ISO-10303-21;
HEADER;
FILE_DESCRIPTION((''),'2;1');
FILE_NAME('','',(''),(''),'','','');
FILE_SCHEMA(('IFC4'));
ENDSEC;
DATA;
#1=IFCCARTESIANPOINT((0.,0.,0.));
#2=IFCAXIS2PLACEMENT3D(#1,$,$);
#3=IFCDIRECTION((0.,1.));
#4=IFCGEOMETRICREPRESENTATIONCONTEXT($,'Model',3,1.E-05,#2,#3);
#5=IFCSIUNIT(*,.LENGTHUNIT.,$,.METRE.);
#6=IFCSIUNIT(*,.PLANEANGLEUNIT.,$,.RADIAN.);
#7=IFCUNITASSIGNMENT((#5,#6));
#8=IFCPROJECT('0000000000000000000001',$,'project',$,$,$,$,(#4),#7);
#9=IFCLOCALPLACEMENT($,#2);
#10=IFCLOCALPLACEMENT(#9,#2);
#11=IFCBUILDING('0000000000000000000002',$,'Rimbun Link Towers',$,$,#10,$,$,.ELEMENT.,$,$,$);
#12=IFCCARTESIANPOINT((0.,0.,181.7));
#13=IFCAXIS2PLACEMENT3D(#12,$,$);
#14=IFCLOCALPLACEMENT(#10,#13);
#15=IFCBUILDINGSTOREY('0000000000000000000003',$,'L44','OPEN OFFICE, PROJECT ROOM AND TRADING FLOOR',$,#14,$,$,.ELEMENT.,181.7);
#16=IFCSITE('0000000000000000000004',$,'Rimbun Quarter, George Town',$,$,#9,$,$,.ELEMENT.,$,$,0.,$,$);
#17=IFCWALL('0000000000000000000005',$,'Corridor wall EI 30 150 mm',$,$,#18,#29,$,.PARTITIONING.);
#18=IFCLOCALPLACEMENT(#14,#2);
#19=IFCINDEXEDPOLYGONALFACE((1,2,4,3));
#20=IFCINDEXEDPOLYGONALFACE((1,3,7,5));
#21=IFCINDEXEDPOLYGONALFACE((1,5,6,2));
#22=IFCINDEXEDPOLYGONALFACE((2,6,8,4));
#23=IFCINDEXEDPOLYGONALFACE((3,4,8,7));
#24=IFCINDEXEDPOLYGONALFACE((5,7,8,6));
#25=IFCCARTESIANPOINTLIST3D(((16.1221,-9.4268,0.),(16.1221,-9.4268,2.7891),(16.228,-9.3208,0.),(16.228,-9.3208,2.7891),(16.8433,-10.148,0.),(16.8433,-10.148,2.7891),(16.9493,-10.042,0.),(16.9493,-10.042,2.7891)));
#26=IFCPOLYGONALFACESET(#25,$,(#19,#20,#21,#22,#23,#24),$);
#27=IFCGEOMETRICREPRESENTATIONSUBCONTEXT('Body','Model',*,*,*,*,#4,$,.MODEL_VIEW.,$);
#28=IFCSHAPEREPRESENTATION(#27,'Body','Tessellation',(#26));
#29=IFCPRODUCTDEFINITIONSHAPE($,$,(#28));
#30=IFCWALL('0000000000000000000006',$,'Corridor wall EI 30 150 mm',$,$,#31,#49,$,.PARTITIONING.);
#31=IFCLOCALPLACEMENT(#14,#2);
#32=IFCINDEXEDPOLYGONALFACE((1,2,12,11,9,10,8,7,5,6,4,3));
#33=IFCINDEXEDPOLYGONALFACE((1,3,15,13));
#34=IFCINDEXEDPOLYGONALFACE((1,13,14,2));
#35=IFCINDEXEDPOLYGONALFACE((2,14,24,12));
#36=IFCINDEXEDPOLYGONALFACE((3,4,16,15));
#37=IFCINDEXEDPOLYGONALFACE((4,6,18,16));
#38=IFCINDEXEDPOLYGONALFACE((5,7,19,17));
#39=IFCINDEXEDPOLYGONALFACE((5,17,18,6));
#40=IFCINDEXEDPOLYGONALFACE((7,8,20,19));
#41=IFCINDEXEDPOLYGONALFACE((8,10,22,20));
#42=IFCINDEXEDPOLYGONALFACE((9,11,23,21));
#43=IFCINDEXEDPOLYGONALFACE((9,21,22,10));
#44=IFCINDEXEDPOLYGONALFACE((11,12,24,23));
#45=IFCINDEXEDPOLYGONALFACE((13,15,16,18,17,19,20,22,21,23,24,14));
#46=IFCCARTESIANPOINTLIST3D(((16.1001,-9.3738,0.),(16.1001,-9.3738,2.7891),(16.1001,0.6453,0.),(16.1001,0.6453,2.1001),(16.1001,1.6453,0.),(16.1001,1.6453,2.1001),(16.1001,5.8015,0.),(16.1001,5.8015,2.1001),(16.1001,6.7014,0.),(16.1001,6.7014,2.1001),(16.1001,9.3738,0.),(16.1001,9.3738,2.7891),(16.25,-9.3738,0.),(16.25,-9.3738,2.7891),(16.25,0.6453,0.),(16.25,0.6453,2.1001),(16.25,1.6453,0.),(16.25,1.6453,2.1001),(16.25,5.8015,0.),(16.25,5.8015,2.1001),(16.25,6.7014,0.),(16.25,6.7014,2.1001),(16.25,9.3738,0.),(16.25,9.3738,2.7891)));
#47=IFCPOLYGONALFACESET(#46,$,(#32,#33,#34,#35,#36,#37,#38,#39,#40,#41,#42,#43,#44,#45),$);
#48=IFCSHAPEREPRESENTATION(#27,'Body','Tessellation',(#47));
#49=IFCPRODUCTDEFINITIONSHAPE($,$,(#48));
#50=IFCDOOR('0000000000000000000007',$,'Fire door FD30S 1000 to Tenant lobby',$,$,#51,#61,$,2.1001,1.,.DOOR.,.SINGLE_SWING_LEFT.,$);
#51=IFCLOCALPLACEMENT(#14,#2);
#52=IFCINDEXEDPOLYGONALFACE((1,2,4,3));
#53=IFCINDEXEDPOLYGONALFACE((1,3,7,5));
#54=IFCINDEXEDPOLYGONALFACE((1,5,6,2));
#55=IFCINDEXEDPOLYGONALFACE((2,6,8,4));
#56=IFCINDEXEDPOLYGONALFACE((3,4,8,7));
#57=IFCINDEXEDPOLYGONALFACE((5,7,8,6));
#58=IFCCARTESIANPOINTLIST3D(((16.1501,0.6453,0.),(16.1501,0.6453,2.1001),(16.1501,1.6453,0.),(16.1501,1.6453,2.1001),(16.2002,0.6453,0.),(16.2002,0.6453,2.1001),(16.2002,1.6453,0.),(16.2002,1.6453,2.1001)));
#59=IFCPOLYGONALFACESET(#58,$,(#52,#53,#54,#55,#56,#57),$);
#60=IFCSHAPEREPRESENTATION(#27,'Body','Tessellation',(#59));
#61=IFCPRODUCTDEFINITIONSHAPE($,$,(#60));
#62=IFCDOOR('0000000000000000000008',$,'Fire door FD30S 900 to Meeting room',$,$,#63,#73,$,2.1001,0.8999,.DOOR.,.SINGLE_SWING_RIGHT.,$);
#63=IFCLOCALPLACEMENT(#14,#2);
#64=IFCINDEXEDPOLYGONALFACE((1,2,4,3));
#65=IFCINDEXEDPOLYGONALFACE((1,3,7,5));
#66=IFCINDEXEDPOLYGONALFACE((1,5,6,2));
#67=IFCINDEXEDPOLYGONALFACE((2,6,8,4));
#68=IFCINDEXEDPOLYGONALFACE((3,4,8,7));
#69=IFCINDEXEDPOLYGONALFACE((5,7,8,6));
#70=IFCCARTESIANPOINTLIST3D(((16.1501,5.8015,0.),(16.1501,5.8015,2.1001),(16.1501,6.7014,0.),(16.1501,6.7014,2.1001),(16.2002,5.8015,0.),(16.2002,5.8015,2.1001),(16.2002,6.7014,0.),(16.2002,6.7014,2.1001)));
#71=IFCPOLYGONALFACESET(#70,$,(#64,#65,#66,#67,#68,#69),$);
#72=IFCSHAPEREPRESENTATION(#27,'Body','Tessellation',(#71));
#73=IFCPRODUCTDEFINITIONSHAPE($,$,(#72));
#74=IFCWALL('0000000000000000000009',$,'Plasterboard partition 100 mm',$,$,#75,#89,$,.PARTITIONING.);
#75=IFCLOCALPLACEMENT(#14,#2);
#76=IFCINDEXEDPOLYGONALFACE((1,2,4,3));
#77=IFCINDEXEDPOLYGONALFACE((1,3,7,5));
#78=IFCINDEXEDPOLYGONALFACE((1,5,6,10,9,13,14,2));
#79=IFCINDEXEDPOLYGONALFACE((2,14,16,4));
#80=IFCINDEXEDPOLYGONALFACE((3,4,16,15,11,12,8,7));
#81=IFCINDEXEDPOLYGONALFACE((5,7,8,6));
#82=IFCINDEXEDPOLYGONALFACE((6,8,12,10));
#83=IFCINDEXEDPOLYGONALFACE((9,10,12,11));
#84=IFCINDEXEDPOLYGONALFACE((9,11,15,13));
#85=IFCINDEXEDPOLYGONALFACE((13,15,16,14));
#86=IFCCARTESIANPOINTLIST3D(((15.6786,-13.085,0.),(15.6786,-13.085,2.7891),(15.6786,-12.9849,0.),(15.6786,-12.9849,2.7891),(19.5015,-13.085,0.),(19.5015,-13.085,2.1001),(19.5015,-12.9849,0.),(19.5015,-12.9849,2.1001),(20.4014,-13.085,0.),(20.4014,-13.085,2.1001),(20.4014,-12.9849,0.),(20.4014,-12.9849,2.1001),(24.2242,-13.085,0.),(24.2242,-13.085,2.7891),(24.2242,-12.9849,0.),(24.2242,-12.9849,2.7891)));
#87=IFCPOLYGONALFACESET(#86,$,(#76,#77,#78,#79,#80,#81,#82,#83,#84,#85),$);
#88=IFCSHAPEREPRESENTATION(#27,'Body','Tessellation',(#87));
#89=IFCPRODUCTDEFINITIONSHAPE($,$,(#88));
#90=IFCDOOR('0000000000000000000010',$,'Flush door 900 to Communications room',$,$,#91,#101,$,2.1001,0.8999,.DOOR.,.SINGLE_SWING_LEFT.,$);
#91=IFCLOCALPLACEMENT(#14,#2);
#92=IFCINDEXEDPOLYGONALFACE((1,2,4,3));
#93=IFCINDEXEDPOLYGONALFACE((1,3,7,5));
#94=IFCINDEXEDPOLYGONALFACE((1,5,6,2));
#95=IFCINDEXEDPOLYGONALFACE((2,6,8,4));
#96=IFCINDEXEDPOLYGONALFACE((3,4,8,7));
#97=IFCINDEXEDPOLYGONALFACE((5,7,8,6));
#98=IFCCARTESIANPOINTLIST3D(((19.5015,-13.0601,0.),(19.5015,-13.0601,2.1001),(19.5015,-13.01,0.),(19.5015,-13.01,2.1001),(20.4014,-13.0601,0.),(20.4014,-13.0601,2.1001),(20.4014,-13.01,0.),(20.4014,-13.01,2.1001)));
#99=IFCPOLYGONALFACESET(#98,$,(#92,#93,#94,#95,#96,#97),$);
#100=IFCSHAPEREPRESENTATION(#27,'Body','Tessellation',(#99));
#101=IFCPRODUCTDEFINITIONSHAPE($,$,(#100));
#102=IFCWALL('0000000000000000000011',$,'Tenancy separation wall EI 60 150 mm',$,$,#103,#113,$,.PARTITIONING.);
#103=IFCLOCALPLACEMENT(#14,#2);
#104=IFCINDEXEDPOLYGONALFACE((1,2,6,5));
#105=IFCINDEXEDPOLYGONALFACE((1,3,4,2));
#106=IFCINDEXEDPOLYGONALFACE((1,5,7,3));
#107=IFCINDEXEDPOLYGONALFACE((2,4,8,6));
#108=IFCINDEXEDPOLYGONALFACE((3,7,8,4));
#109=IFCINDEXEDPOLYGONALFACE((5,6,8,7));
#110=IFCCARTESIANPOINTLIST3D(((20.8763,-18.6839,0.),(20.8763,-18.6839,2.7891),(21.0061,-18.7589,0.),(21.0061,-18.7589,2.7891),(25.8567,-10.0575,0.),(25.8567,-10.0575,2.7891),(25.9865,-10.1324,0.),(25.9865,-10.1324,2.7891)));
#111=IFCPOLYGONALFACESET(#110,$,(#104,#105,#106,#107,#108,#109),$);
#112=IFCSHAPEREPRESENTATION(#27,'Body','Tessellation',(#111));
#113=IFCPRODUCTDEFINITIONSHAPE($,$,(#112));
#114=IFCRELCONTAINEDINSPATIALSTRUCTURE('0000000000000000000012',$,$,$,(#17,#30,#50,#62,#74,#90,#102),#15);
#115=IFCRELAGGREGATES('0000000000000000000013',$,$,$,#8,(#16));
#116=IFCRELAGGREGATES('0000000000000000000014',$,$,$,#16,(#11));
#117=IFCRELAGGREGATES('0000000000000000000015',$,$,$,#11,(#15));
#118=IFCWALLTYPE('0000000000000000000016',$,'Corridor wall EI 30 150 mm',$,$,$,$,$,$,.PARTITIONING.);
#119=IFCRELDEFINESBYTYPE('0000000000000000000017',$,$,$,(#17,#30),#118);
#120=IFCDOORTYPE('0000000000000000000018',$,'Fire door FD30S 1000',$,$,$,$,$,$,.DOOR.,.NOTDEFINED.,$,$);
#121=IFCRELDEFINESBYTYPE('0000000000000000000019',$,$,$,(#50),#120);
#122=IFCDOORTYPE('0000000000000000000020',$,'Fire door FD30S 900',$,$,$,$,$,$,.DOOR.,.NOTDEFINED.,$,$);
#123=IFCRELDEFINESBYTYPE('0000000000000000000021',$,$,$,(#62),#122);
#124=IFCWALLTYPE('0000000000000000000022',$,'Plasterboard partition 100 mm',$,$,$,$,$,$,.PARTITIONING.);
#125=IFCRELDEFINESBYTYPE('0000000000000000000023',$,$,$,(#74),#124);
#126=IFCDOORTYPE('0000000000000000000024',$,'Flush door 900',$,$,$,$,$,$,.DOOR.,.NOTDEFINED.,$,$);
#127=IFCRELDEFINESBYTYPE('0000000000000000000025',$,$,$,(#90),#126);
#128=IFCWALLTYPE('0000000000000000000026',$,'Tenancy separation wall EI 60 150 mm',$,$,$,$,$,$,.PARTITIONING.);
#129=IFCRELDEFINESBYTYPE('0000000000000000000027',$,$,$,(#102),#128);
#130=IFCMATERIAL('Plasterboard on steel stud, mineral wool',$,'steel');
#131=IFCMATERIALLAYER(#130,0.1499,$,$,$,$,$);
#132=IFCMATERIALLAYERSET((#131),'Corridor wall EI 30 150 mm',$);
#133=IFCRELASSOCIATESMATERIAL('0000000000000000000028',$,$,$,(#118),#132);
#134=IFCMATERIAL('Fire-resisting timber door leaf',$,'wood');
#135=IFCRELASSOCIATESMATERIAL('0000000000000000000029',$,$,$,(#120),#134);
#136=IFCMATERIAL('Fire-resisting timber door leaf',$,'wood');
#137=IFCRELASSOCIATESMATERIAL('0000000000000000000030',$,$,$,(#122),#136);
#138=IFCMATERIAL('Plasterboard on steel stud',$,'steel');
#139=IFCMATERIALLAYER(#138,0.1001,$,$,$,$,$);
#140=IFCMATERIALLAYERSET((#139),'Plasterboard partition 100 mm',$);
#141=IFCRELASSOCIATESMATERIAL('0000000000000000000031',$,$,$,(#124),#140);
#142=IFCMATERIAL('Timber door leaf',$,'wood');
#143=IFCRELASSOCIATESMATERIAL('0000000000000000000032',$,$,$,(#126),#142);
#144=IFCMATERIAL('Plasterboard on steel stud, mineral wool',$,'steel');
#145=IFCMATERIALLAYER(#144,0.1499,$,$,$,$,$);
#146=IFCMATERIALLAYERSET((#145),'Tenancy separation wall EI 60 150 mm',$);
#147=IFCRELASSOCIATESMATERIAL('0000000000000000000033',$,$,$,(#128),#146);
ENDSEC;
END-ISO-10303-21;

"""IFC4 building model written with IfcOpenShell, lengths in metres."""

from ifc_helpers import new_model, si_unit, direction, frame, frame_2d, origin, place, context, subcontext, project, spatial, rectangle, extrude, material, layer, layer_set, type_object, element, fill, save


model = new_model("IFC4")

# Units and contexts
model_context = context("Model", 3, precision=1e-05, world=origin(), true_north=direction((0.0, 1.0)))
body_context = subcontext(model_context, "Body", "Model", "MODEL_VIEW")
ifc_project = project(units=[si_unit("LENGTHUNIT", "METRE"), si_unit("PLANEANGLEUNIT", "RADIAN")], contexts=[model_context])

# Site, building, storey
site_placement = place(None, origin())
site = spatial("IfcSite", under=ifc_project, at=site_placement, Name="Rimbun Quarter, George Town", CompositionType="ELEMENT", RefElevation=0.0)
building_placement = place(site_placement, origin())
building = spatial("IfcBuilding", under=site, at=building_placement, Name="Rimbun Link Towers", CompositionType="ELEMENT")
storey_placement = place(building_placement, frame((0.0, 0.0, 181.7)))
storey = spatial("IfcBuildingStorey", under=building, at=storey_placement, Name="L44", Description="OPEN OFFICE, PROJECT ROOM AND TRADING FLOOR", CompositionType="ELEMENT", Elevation=181.7)

# Wall
ifc_material_1 = material(Name="Plasterboard on steel stud, mineral wool", Category="steel")
ifc_layer_1 = layer(ifc_material_1, 0.1499)
ifc_layer_set_1 = layer_set([ifc_layer_1], Name="Corridor wall EI 30 150 mm")
wall_type_1 = type_object("IfcWallType", Name="Corridor wall EI 30 150 mm", PredefinedType="PARTITIONING", material=ifc_layer_set_1)
wall_1_placement = place(storey_placement, frame((16.175, -9.3738, 0.0), z_axis=(0.0, 0.0, 1.0), x_axis=(0.707107, -0.707107, 0.0)))
element("IfcWall", 1, at=wall_1_placement, inside=storey, type_object=wall_type_1, Name="Corridor wall EI 30 150 mm", PredefinedType="PARTITIONING", context=body_context, shape_type="SweptSolid", body=[
    extrude(rectangle(XDim=1.02, YDim=0.1499, at=frame_2d((0.51, 0.0))), origin(), (0.0, 0.0, 1.0), 2.7891),
])

# Wall, openings, doors
wall_2_placement = place(storey_placement, frame((16.175, -9.3738, 0.0), z_axis=(0.0, 0.0, 1.0), x_axis=(0.0, 1.0, 0.0)))
wall_2 = element("IfcWall", 2, at=wall_2_placement, inside=storey, type_object=wall_type_1, Name="Corridor wall EI 30 150 mm", PredefinedType="PARTITIONING", context=body_context, shape_type="SweptSolid", body=[
    extrude(rectangle(XDim=18.7476, YDim=0.1499, at=frame_2d((9.3738, 0.0))), origin(), (0.0, 0.0, 1.0), 2.7891),
])
opening_1_placement = place(wall_2_placement, frame((15.1753, 0.0, 0.0)))
opening_1 = element("IfcOpeningElement", 3, at=opening_1_placement, cuts=wall_2, PredefinedType="OPENING", context=body_context, shape_type="SweptSolid", body=[
    extrude(rectangle(XDim=0.8999, YDim=2.1001, at=frame_2d((0.45, 1.05))), frame((0.0, 0.085, 0.0), z_axis=(0.0, -1.0, 0.0), x_axis=(1.0, 0.0, 0.0)), (0.0, 0.0, 1.0), 0.1699),
])
opening_2_placement = place(wall_2_placement, frame((10.019, 0.0, 0.0)))
opening_2 = element("IfcOpeningElement", 4, at=opening_2_placement, cuts=wall_2, PredefinedType="OPENING", context=body_context, shape_type="SweptSolid", body=[
    extrude(rectangle(XDim=1.0, YDim=2.1001, at=frame_2d((0.5, 1.05))), frame((0.0, 0.085, 0.0), z_axis=(0.0, -1.0, 0.0), x_axis=(1.0, 0.0, 0.0)), (0.0, 0.0, 1.0), 0.1699),
])
ifc_material_2 = material(Name="Fire-resisting timber door leaf", Category="wood")
door_type_1 = type_object("IfcDoorType", Name="Fire door FD30S 1000", OperationType="NOTDEFINED", PredefinedType="DOOR", material=ifc_material_2)
door_1_placement = place(opening_2_placement, origin())
door_1 = element("IfcDoor", 5, at=door_1_placement, inside=storey, type_object=door_type_1, Name="Fire door FD30S 1000 to Tenant lobby", OperationType="SINGLE_SWING_LEFT", OverallHeight=2.1001, OverallWidth=1.0, PredefinedType="DOOR", context=body_context, shape_type="SweptSolid", body=[
    extrude(rectangle(XDim=1.0, YDim=2.1001, at=frame_2d((0.5, 1.05))), frame((0.0, 0.0249, 0.0), z_axis=(0.0, -1.0, 0.0), x_axis=(1.0, 0.0, 0.0)), (0.0, 0.0, 1.0), 0.05),
])
fill(opening_2, door_1)
ifc_material_3 = material(Name="Fire-resisting timber door leaf", Category="wood")
door_type_2 = type_object("IfcDoorType", Name="Fire door FD30S 900", OperationType="NOTDEFINED", PredefinedType="DOOR", material=ifc_material_3)
door_2_placement = place(opening_1_placement, origin())
door_2 = element("IfcDoor", 6, at=door_2_placement, inside=storey, type_object=door_type_2, Name="Fire door FD30S 900 to Meeting room", OperationType="SINGLE_SWING_RIGHT", OverallHeight=2.1001, OverallWidth=0.8999, PredefinedType="DOOR", context=body_context, shape_type="SweptSolid", body=[
    extrude(rectangle(XDim=0.8999, YDim=2.1001, at=frame_2d((0.45, 1.05))), frame((0.0, 0.0249, 0.0), z_axis=(0.0, -1.0, 0.0), x_axis=(1.0, 0.0, 0.0)), (0.0, 0.0, 1.0), 0.05),
])
fill(opening_1, door_2)

# Wall, opening, door
ifc_material_4 = material(Name="Plasterboard on steel stud", Category="steel")
ifc_layer_2 = layer(ifc_material_4, 0.1001)
ifc_layer_set_2 = layer_set([ifc_layer_2], Name="Plasterboard partition 100 mm")
wall_type_2 = type_object("IfcWallType", Name="Plasterboard partition 100 mm", PredefinedType="PARTITIONING", material=ifc_layer_set_2)
wall_3_placement = place(storey_placement, frame((15.6785, -13.0349, 0.0), z_axis=(0.0, 0.0, 1.0), x_axis=(1.0, 0.0, 0.0)))
wall_3 = element("IfcWall", 7, at=wall_3_placement, inside=storey, type_object=wall_type_2, Name="Plasterboard partition 100 mm", PredefinedType="PARTITIONING", context=body_context, shape_type="SweptSolid", body=[
    extrude(rectangle(XDim=8.5457, YDim=0.1001, at=frame_2d((4.2729, 0.0))), origin(), (0.0, 0.0, 1.0), 2.7891),
])
opening_3_placement = place(wall_3_placement, frame((3.823, 0.0, 0.0)))
opening_3 = element("IfcOpeningElement", 8, at=opening_3_placement, cuts=wall_3, PredefinedType="OPENING", context=body_context, shape_type="SweptSolid", body=[
    extrude(rectangle(XDim=0.8999, YDim=2.1001, at=frame_2d((0.45, 1.05))), frame((0.0, 0.0601, 0.0), z_axis=(0.0, -1.0, 0.0), x_axis=(1.0, 0.0, 0.0)), (0.0, 0.0, 1.0), 0.1201),
])
ifc_material_5 = material(Name="Timber door leaf", Category="wood")
door_type_3 = type_object("IfcDoorType", Name="Flush door 900", OperationType="NOTDEFINED", PredefinedType="DOOR", material=ifc_material_5)
door_3_placement = place(opening_3_placement, origin())
door_3 = element("IfcDoor", 9, at=door_3_placement, inside=storey, type_object=door_type_3, Name="Flush door 900 to Communications room", OperationType="SINGLE_SWING_LEFT", OverallHeight=2.1001, OverallWidth=0.8999, PredefinedType="DOOR", context=body_context, shape_type="SweptSolid", body=[
    extrude(rectangle(XDim=0.8999, YDim=2.1001, at=frame_2d((0.45, 1.05))), frame((0.0, 0.0249, 0.0), z_axis=(0.0, -1.0, 0.0), x_axis=(1.0, 0.0, 0.0)), (0.0, 0.0, 1.0), 0.05),
])
fill(opening_3, door_3)

# Wall
ifc_material_6 = material(Name="Plasterboard on steel stud, mineral wool", Category="steel")
ifc_layer_3 = layer(ifc_material_6, 0.1499)
ifc_layer_set_3 = layer_set([ifc_layer_3], Name="Tenancy separation wall EI 60 150 mm")
wall_type_3 = type_object("IfcWallType", Name="Tenancy separation wall EI 60 150 mm", PredefinedType="PARTITIONING", material=ifc_layer_set_3)
wall_4_placement = place(storey_placement, frame((25.9216, -10.095, 0.0), z_axis=(0.0, 0.0, 1.0), x_axis=(-0.499998, -0.866026, 0.0)))
element("IfcWall", 10, at=wall_4_placement, inside=storey, type_object=wall_type_3, Name="Tenancy separation wall EI 60 150 mm", PredefinedType="PARTITIONING", context=body_context, shape_type="SweptSolid", body=[
    extrude(rectangle(XDim=9.9609, YDim=0.1499, at=frame_2d((4.9805, 0.0))), origin(), (0.0, 0.0, 1.0), 2.7891),
])

save(model, "model.ifc")
